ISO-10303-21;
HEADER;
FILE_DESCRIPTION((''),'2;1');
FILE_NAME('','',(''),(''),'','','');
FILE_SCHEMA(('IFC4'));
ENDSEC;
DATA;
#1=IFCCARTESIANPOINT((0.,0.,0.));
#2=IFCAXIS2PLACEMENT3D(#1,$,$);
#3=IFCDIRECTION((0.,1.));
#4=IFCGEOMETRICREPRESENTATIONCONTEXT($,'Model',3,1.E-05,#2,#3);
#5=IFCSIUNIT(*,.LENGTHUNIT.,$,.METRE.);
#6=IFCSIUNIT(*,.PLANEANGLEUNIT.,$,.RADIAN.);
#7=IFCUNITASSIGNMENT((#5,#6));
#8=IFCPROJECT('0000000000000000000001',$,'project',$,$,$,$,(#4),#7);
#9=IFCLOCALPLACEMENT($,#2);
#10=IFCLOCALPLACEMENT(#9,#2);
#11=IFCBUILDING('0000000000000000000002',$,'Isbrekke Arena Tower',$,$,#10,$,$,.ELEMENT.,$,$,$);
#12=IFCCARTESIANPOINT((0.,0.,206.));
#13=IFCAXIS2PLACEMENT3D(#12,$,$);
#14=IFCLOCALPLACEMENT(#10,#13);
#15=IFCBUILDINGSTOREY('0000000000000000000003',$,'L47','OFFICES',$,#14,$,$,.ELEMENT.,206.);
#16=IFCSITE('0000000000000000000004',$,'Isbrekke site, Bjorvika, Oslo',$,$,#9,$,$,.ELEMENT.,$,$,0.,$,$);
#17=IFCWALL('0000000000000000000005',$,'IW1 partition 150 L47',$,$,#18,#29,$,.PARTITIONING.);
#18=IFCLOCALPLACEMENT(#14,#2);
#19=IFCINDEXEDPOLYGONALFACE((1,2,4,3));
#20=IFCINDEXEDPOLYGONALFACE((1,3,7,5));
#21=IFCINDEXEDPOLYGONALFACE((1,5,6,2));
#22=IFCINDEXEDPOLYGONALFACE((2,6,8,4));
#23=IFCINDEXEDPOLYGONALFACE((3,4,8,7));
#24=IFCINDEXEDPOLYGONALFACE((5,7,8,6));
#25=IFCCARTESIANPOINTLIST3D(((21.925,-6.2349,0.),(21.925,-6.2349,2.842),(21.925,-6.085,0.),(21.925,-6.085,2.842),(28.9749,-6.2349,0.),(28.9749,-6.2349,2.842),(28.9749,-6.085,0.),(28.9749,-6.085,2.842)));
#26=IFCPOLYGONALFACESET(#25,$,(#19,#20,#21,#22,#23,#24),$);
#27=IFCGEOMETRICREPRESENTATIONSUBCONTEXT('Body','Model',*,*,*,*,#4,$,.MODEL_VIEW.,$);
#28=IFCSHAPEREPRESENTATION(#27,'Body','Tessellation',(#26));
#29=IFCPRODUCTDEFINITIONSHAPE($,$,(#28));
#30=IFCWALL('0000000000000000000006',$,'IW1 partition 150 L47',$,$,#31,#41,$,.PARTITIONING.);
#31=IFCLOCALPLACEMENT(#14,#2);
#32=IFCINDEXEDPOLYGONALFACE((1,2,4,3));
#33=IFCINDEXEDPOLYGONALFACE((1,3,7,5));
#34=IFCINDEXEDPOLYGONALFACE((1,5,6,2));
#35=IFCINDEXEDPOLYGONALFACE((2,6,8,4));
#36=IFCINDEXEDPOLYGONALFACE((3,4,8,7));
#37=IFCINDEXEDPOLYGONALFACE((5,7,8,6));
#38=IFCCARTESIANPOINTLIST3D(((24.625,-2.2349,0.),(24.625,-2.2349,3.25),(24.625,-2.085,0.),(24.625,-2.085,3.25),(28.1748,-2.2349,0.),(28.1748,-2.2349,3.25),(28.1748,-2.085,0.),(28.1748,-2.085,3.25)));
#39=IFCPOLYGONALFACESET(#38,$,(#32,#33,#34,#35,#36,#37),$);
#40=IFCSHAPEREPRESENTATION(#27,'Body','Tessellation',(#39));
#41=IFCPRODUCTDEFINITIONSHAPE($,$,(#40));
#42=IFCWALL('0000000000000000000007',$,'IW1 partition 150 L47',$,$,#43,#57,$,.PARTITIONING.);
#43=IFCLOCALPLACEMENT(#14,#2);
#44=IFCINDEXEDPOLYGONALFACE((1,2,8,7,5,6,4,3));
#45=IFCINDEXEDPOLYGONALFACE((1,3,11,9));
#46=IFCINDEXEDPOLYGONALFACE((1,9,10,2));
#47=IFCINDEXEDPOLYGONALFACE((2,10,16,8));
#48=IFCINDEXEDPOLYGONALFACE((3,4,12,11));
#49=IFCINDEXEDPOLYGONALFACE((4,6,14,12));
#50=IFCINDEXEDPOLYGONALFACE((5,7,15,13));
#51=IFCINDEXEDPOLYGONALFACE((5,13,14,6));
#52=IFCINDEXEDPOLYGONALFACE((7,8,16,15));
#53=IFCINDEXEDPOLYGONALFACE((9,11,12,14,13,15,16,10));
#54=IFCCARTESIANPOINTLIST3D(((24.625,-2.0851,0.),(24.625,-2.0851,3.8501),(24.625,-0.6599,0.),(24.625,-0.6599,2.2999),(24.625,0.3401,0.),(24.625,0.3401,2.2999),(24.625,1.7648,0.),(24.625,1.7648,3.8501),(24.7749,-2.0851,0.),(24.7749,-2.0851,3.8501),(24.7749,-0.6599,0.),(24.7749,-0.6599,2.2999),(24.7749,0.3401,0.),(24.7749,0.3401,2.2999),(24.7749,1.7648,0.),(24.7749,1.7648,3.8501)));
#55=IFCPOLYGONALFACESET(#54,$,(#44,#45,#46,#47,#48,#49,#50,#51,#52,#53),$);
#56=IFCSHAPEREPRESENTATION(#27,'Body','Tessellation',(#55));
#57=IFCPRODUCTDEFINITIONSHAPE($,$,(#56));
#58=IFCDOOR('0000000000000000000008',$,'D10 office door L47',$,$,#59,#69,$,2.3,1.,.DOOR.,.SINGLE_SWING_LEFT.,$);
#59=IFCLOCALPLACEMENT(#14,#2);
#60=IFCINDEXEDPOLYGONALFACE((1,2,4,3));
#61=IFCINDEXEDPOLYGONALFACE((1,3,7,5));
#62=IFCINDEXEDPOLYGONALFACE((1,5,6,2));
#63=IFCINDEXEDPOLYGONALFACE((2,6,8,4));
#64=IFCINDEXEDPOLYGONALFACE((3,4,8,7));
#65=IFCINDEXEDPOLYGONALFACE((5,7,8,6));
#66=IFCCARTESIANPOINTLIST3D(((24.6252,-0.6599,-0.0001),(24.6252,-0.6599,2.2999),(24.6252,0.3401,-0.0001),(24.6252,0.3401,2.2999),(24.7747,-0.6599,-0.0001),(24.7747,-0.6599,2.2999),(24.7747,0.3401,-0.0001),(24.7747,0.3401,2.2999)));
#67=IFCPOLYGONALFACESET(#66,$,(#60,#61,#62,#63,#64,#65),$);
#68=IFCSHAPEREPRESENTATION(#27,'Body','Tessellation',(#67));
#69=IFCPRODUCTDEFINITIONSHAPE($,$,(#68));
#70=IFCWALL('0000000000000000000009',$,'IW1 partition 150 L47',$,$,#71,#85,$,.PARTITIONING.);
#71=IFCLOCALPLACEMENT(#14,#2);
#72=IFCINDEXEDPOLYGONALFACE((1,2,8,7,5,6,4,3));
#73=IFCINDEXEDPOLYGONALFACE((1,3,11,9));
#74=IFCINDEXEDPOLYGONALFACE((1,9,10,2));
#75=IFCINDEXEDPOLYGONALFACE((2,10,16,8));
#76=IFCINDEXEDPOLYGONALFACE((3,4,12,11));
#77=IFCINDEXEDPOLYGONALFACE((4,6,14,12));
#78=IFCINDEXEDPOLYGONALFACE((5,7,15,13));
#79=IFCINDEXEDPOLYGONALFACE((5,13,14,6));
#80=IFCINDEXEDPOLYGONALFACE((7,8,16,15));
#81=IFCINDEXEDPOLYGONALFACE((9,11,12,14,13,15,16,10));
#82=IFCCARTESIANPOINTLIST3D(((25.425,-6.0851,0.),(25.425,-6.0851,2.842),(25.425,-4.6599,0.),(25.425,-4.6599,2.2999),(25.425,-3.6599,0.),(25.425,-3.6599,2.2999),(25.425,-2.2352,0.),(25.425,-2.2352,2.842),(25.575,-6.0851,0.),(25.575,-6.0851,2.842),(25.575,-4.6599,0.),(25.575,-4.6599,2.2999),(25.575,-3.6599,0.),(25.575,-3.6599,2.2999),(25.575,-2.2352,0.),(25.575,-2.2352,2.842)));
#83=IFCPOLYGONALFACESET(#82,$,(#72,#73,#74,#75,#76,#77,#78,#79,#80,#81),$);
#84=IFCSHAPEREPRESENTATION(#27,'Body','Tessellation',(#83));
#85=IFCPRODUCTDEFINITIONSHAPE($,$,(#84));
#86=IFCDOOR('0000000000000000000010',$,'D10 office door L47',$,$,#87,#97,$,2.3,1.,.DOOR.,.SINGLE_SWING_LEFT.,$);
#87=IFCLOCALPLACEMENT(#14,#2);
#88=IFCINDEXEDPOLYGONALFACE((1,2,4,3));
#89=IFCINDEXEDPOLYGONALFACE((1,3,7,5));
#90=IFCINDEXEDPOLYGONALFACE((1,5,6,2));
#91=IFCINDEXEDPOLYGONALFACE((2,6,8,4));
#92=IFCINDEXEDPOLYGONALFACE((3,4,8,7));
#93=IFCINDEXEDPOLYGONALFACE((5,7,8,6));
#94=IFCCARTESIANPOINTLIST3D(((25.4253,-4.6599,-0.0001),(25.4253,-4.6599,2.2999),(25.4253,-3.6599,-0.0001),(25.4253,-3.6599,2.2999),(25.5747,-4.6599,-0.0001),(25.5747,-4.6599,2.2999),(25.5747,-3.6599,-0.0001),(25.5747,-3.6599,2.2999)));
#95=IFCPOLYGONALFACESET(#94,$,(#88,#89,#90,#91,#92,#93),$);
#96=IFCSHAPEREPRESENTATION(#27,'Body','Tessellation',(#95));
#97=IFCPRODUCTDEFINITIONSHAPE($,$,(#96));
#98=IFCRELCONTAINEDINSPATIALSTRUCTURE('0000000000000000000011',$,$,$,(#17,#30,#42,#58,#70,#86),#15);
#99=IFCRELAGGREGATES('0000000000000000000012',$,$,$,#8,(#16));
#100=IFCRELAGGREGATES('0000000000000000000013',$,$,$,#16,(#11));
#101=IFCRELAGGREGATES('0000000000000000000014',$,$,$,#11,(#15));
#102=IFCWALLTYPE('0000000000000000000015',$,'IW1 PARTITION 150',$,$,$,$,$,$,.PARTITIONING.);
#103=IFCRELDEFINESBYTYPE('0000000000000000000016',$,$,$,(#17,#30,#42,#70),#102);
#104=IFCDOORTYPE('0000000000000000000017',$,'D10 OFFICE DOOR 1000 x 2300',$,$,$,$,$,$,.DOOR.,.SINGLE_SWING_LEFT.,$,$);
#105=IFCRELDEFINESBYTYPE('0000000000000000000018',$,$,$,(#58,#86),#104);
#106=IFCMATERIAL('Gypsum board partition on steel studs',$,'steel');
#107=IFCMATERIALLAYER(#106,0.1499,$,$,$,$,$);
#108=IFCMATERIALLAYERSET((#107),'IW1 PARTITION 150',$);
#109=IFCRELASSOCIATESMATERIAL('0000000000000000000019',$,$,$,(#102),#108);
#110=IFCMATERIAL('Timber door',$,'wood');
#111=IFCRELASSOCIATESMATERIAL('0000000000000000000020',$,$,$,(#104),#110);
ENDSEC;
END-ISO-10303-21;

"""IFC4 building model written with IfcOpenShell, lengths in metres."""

from ifc_helpers import new_model, si_unit, direction, frame, frame_2d, origin, place, context, subcontext, project, spatial, rectangle, extrude, material, layer, layer_set, type_object, element, fill, save


model = new_model("IFC4")

# Units and contexts
model_context = context("Model", 3, precision=1e-05, world=origin(), true_north=direction((0.0, 1.0)))
body_context = subcontext(model_context, "Body", "Model", "MODEL_VIEW")
ifc_project = project(units=[si_unit("LENGTHUNIT", "METRE"), si_unit("PLANEANGLEUNIT", "RADIAN")], contexts=[model_context])

# Site, building, storey
site_placement = place(None, origin())
site = spatial("IfcSite", under=ifc_project, at=site_placement, Name="Isbrekke site, Bjorvika, Oslo", CompositionType="ELEMENT", RefElevation=0.0)
building_placement = place(site_placement, origin())
building = spatial("IfcBuilding", under=site, at=building_placement, Name="Isbrekke Arena Tower", CompositionType="ELEMENT")
storey_placement = place(building_placement, frame((0.0, 0.0, 206.0)))
storey = spatial("IfcBuildingStorey", under=building, at=storey_placement, Name="L47", Description="OFFICES", CompositionType="ELEMENT", Elevation=206.0)

# Walls
ifc_material_1 = material(Name="Gypsum board partition on steel studs", Category="steel")
ifc_layer_1 = layer(ifc_material_1, 0.1499)
ifc_layer_set_1 = layer_set([ifc_layer_1], Name="IW1 PARTITION 150")
wall_type = type_object("IfcWallType", Name="IW1 PARTITION 150", PredefinedType="PARTITIONING", material=ifc_layer_set_1)
wall_1_placement = place(storey_placement, frame((21.925, -6.1599, 0.0), z_axis=(0.0, 0.0, 1.0), x_axis=(1.0, 0.0, 0.0)))
element("IfcWall", 1, at=wall_1_placement, inside=storey, type_object=wall_type, Name="IW1 partition 150 L47", PredefinedType="PARTITIONING", context=body_context, shape_type="SweptSolid", body=[
    extrude(rectangle(XDim=7.0498, YDim=0.1499, at=frame_2d((3.5249, 0.0))), origin(), (0.0, 0.0, 1.0), 2.842),
])
wall_2_placement = place(storey_placement, frame((24.625, -2.1599, 0.0), z_axis=(0.0, 0.0, 1.0), x_axis=(1.0, 0.0, 0.0)))
element("IfcWall", 2, at=wall_2_placement, inside=storey, type_object=wall_type, Name="IW1 partition 150 L47", PredefinedType="PARTITIONING", context=body_context, shape_type="SweptSolid", body=[
    extrude(rectangle(XDim=3.5498, YDim=0.1499, at=frame_2d((1.7749, 0.0))), origin(), (0.0, 0.0, 1.0), 3.25),
])

# Walls, openings, doors
wall_3_placement = place(storey_placement, frame((24.7, -2.085, 0.0), z_axis=(0.0, 0.0, 1.0), x_axis=(0.0, 1.0, 0.0)))
wall_3 = element("IfcWall", 3, at=wall_3_placement, inside=storey, type_object=wall_type, Name="IW1 partition 150 L47", PredefinedType="PARTITIONING", context=body_context, shape_type="SweptSolid", body=[
    extrude(rectangle(XDim=3.8499, YDim=0.1499, at=frame_2d((1.9248, 0.0))), origin(), (0.0, 0.0, 1.0), 3.8501),
])
opening_1_placement = place(wall_3_placement, frame((1.425, 0.0, 0.0)))
opening_1 = element("IfcOpeningElement", 4, at=opening_1_placement, cuts=wall_3, PredefinedType="OPENING", context=body_context, shape_type="SweptSolid", body=[
    extrude(rectangle(XDim=1.0, YDim=2.3, at=frame_2d((0.5, 1.1499))), frame((0.0, 0.0898, 0.0), z_axis=(0.0, -1.0, 0.0), x_axis=(1.0, 0.0, 0.0)), (0.0, 0.0, 1.0), 0.1797),
])
ifc_material_2 = material(Name="Timber door", Category="wood")
door_type = type_object("IfcDoorType", Name="D10 OFFICE DOOR 1000 x 2300", OperationType="SINGLE_SWING_LEFT", PredefinedType="DOOR", material=ifc_material_2)
door_1_placement = place(opening_1_placement, origin())
door_1 = element("IfcDoor", 5, at=door_1_placement, inside=storey, type_object=door_type, Name="D10 office door L47", OperationType="SINGLE_SWING_LEFT", OverallHeight=2.3, OverallWidth=1.0, PredefinedType="DOOR", context=body_context, shape_type="SweptSolid", body=[
    extrude(rectangle(XDim=1.0, YDim=2.3, at=frame_2d((0.5, 1.1499))), frame((0.0, 0.0747, 0.0), z_axis=(0.0, -1.0, 0.0), x_axis=(1.0, 0.0, 0.0)), (0.0, 0.0, 1.0), 0.1494),
])
fill(opening_1, door_1)
wall_4_placement = place(storey_placement, frame((25.5, -6.085, 0.0), z_axis=(0.0, 0.0, 1.0), x_axis=(0.0, 1.0, 0.0)))
wall_4 = element("IfcWall", 6, at=wall_4_placement, inside=storey, type_object=wall_type, Name="IW1 partition 150 L47", PredefinedType="PARTITIONING", context=body_context, shape_type="SweptSolid", body=[
    extrude(rectangle(XDim=3.8499, YDim=0.1499, at=frame_2d((1.9248, 0.0))), origin(), (0.0, 0.0, 1.0), 2.842),
])
opening_2_placement = place(wall_4_placement, frame((1.425, 0.0, 0.0)))
opening_2 = element("IfcOpeningElement", 7, at=opening_2_placement, cuts=wall_4, PredefinedType="OPENING", context=body_context, shape_type="SweptSolid", body=[
    extrude(rectangle(XDim=1.0, YDim=2.3, at=frame_2d((0.5, 1.1499))), frame((0.0, 0.0898, 0.0), z_axis=(0.0, -1.0, 0.0), x_axis=(1.0, 0.0, 0.0)), (0.0, 0.0, 1.0), 0.1797),
])
door_2_placement = place(opening_2_placement, origin())
door_2 = element("IfcDoor", 8, at=door_2_placement, inside=storey, type_object=door_type, Name="D10 office door L47", OperationType="SINGLE_SWING_LEFT", OverallHeight=2.3, OverallWidth=1.0, PredefinedType="DOOR", context=body_context, shape_type="SweptSolid", body=[
    extrude(rectangle(XDim=1.0, YDim=2.3, at=frame_2d((0.5, 1.1499))), frame((0.0, 0.0747, 0.0), z_axis=(0.0, -1.0, 0.0), x_axis=(1.0, 0.0, 0.0)), (0.0, 0.0, 1.0), 0.1494),
])
fill(opening_2, door_2)

save(model, "model.ifc")
